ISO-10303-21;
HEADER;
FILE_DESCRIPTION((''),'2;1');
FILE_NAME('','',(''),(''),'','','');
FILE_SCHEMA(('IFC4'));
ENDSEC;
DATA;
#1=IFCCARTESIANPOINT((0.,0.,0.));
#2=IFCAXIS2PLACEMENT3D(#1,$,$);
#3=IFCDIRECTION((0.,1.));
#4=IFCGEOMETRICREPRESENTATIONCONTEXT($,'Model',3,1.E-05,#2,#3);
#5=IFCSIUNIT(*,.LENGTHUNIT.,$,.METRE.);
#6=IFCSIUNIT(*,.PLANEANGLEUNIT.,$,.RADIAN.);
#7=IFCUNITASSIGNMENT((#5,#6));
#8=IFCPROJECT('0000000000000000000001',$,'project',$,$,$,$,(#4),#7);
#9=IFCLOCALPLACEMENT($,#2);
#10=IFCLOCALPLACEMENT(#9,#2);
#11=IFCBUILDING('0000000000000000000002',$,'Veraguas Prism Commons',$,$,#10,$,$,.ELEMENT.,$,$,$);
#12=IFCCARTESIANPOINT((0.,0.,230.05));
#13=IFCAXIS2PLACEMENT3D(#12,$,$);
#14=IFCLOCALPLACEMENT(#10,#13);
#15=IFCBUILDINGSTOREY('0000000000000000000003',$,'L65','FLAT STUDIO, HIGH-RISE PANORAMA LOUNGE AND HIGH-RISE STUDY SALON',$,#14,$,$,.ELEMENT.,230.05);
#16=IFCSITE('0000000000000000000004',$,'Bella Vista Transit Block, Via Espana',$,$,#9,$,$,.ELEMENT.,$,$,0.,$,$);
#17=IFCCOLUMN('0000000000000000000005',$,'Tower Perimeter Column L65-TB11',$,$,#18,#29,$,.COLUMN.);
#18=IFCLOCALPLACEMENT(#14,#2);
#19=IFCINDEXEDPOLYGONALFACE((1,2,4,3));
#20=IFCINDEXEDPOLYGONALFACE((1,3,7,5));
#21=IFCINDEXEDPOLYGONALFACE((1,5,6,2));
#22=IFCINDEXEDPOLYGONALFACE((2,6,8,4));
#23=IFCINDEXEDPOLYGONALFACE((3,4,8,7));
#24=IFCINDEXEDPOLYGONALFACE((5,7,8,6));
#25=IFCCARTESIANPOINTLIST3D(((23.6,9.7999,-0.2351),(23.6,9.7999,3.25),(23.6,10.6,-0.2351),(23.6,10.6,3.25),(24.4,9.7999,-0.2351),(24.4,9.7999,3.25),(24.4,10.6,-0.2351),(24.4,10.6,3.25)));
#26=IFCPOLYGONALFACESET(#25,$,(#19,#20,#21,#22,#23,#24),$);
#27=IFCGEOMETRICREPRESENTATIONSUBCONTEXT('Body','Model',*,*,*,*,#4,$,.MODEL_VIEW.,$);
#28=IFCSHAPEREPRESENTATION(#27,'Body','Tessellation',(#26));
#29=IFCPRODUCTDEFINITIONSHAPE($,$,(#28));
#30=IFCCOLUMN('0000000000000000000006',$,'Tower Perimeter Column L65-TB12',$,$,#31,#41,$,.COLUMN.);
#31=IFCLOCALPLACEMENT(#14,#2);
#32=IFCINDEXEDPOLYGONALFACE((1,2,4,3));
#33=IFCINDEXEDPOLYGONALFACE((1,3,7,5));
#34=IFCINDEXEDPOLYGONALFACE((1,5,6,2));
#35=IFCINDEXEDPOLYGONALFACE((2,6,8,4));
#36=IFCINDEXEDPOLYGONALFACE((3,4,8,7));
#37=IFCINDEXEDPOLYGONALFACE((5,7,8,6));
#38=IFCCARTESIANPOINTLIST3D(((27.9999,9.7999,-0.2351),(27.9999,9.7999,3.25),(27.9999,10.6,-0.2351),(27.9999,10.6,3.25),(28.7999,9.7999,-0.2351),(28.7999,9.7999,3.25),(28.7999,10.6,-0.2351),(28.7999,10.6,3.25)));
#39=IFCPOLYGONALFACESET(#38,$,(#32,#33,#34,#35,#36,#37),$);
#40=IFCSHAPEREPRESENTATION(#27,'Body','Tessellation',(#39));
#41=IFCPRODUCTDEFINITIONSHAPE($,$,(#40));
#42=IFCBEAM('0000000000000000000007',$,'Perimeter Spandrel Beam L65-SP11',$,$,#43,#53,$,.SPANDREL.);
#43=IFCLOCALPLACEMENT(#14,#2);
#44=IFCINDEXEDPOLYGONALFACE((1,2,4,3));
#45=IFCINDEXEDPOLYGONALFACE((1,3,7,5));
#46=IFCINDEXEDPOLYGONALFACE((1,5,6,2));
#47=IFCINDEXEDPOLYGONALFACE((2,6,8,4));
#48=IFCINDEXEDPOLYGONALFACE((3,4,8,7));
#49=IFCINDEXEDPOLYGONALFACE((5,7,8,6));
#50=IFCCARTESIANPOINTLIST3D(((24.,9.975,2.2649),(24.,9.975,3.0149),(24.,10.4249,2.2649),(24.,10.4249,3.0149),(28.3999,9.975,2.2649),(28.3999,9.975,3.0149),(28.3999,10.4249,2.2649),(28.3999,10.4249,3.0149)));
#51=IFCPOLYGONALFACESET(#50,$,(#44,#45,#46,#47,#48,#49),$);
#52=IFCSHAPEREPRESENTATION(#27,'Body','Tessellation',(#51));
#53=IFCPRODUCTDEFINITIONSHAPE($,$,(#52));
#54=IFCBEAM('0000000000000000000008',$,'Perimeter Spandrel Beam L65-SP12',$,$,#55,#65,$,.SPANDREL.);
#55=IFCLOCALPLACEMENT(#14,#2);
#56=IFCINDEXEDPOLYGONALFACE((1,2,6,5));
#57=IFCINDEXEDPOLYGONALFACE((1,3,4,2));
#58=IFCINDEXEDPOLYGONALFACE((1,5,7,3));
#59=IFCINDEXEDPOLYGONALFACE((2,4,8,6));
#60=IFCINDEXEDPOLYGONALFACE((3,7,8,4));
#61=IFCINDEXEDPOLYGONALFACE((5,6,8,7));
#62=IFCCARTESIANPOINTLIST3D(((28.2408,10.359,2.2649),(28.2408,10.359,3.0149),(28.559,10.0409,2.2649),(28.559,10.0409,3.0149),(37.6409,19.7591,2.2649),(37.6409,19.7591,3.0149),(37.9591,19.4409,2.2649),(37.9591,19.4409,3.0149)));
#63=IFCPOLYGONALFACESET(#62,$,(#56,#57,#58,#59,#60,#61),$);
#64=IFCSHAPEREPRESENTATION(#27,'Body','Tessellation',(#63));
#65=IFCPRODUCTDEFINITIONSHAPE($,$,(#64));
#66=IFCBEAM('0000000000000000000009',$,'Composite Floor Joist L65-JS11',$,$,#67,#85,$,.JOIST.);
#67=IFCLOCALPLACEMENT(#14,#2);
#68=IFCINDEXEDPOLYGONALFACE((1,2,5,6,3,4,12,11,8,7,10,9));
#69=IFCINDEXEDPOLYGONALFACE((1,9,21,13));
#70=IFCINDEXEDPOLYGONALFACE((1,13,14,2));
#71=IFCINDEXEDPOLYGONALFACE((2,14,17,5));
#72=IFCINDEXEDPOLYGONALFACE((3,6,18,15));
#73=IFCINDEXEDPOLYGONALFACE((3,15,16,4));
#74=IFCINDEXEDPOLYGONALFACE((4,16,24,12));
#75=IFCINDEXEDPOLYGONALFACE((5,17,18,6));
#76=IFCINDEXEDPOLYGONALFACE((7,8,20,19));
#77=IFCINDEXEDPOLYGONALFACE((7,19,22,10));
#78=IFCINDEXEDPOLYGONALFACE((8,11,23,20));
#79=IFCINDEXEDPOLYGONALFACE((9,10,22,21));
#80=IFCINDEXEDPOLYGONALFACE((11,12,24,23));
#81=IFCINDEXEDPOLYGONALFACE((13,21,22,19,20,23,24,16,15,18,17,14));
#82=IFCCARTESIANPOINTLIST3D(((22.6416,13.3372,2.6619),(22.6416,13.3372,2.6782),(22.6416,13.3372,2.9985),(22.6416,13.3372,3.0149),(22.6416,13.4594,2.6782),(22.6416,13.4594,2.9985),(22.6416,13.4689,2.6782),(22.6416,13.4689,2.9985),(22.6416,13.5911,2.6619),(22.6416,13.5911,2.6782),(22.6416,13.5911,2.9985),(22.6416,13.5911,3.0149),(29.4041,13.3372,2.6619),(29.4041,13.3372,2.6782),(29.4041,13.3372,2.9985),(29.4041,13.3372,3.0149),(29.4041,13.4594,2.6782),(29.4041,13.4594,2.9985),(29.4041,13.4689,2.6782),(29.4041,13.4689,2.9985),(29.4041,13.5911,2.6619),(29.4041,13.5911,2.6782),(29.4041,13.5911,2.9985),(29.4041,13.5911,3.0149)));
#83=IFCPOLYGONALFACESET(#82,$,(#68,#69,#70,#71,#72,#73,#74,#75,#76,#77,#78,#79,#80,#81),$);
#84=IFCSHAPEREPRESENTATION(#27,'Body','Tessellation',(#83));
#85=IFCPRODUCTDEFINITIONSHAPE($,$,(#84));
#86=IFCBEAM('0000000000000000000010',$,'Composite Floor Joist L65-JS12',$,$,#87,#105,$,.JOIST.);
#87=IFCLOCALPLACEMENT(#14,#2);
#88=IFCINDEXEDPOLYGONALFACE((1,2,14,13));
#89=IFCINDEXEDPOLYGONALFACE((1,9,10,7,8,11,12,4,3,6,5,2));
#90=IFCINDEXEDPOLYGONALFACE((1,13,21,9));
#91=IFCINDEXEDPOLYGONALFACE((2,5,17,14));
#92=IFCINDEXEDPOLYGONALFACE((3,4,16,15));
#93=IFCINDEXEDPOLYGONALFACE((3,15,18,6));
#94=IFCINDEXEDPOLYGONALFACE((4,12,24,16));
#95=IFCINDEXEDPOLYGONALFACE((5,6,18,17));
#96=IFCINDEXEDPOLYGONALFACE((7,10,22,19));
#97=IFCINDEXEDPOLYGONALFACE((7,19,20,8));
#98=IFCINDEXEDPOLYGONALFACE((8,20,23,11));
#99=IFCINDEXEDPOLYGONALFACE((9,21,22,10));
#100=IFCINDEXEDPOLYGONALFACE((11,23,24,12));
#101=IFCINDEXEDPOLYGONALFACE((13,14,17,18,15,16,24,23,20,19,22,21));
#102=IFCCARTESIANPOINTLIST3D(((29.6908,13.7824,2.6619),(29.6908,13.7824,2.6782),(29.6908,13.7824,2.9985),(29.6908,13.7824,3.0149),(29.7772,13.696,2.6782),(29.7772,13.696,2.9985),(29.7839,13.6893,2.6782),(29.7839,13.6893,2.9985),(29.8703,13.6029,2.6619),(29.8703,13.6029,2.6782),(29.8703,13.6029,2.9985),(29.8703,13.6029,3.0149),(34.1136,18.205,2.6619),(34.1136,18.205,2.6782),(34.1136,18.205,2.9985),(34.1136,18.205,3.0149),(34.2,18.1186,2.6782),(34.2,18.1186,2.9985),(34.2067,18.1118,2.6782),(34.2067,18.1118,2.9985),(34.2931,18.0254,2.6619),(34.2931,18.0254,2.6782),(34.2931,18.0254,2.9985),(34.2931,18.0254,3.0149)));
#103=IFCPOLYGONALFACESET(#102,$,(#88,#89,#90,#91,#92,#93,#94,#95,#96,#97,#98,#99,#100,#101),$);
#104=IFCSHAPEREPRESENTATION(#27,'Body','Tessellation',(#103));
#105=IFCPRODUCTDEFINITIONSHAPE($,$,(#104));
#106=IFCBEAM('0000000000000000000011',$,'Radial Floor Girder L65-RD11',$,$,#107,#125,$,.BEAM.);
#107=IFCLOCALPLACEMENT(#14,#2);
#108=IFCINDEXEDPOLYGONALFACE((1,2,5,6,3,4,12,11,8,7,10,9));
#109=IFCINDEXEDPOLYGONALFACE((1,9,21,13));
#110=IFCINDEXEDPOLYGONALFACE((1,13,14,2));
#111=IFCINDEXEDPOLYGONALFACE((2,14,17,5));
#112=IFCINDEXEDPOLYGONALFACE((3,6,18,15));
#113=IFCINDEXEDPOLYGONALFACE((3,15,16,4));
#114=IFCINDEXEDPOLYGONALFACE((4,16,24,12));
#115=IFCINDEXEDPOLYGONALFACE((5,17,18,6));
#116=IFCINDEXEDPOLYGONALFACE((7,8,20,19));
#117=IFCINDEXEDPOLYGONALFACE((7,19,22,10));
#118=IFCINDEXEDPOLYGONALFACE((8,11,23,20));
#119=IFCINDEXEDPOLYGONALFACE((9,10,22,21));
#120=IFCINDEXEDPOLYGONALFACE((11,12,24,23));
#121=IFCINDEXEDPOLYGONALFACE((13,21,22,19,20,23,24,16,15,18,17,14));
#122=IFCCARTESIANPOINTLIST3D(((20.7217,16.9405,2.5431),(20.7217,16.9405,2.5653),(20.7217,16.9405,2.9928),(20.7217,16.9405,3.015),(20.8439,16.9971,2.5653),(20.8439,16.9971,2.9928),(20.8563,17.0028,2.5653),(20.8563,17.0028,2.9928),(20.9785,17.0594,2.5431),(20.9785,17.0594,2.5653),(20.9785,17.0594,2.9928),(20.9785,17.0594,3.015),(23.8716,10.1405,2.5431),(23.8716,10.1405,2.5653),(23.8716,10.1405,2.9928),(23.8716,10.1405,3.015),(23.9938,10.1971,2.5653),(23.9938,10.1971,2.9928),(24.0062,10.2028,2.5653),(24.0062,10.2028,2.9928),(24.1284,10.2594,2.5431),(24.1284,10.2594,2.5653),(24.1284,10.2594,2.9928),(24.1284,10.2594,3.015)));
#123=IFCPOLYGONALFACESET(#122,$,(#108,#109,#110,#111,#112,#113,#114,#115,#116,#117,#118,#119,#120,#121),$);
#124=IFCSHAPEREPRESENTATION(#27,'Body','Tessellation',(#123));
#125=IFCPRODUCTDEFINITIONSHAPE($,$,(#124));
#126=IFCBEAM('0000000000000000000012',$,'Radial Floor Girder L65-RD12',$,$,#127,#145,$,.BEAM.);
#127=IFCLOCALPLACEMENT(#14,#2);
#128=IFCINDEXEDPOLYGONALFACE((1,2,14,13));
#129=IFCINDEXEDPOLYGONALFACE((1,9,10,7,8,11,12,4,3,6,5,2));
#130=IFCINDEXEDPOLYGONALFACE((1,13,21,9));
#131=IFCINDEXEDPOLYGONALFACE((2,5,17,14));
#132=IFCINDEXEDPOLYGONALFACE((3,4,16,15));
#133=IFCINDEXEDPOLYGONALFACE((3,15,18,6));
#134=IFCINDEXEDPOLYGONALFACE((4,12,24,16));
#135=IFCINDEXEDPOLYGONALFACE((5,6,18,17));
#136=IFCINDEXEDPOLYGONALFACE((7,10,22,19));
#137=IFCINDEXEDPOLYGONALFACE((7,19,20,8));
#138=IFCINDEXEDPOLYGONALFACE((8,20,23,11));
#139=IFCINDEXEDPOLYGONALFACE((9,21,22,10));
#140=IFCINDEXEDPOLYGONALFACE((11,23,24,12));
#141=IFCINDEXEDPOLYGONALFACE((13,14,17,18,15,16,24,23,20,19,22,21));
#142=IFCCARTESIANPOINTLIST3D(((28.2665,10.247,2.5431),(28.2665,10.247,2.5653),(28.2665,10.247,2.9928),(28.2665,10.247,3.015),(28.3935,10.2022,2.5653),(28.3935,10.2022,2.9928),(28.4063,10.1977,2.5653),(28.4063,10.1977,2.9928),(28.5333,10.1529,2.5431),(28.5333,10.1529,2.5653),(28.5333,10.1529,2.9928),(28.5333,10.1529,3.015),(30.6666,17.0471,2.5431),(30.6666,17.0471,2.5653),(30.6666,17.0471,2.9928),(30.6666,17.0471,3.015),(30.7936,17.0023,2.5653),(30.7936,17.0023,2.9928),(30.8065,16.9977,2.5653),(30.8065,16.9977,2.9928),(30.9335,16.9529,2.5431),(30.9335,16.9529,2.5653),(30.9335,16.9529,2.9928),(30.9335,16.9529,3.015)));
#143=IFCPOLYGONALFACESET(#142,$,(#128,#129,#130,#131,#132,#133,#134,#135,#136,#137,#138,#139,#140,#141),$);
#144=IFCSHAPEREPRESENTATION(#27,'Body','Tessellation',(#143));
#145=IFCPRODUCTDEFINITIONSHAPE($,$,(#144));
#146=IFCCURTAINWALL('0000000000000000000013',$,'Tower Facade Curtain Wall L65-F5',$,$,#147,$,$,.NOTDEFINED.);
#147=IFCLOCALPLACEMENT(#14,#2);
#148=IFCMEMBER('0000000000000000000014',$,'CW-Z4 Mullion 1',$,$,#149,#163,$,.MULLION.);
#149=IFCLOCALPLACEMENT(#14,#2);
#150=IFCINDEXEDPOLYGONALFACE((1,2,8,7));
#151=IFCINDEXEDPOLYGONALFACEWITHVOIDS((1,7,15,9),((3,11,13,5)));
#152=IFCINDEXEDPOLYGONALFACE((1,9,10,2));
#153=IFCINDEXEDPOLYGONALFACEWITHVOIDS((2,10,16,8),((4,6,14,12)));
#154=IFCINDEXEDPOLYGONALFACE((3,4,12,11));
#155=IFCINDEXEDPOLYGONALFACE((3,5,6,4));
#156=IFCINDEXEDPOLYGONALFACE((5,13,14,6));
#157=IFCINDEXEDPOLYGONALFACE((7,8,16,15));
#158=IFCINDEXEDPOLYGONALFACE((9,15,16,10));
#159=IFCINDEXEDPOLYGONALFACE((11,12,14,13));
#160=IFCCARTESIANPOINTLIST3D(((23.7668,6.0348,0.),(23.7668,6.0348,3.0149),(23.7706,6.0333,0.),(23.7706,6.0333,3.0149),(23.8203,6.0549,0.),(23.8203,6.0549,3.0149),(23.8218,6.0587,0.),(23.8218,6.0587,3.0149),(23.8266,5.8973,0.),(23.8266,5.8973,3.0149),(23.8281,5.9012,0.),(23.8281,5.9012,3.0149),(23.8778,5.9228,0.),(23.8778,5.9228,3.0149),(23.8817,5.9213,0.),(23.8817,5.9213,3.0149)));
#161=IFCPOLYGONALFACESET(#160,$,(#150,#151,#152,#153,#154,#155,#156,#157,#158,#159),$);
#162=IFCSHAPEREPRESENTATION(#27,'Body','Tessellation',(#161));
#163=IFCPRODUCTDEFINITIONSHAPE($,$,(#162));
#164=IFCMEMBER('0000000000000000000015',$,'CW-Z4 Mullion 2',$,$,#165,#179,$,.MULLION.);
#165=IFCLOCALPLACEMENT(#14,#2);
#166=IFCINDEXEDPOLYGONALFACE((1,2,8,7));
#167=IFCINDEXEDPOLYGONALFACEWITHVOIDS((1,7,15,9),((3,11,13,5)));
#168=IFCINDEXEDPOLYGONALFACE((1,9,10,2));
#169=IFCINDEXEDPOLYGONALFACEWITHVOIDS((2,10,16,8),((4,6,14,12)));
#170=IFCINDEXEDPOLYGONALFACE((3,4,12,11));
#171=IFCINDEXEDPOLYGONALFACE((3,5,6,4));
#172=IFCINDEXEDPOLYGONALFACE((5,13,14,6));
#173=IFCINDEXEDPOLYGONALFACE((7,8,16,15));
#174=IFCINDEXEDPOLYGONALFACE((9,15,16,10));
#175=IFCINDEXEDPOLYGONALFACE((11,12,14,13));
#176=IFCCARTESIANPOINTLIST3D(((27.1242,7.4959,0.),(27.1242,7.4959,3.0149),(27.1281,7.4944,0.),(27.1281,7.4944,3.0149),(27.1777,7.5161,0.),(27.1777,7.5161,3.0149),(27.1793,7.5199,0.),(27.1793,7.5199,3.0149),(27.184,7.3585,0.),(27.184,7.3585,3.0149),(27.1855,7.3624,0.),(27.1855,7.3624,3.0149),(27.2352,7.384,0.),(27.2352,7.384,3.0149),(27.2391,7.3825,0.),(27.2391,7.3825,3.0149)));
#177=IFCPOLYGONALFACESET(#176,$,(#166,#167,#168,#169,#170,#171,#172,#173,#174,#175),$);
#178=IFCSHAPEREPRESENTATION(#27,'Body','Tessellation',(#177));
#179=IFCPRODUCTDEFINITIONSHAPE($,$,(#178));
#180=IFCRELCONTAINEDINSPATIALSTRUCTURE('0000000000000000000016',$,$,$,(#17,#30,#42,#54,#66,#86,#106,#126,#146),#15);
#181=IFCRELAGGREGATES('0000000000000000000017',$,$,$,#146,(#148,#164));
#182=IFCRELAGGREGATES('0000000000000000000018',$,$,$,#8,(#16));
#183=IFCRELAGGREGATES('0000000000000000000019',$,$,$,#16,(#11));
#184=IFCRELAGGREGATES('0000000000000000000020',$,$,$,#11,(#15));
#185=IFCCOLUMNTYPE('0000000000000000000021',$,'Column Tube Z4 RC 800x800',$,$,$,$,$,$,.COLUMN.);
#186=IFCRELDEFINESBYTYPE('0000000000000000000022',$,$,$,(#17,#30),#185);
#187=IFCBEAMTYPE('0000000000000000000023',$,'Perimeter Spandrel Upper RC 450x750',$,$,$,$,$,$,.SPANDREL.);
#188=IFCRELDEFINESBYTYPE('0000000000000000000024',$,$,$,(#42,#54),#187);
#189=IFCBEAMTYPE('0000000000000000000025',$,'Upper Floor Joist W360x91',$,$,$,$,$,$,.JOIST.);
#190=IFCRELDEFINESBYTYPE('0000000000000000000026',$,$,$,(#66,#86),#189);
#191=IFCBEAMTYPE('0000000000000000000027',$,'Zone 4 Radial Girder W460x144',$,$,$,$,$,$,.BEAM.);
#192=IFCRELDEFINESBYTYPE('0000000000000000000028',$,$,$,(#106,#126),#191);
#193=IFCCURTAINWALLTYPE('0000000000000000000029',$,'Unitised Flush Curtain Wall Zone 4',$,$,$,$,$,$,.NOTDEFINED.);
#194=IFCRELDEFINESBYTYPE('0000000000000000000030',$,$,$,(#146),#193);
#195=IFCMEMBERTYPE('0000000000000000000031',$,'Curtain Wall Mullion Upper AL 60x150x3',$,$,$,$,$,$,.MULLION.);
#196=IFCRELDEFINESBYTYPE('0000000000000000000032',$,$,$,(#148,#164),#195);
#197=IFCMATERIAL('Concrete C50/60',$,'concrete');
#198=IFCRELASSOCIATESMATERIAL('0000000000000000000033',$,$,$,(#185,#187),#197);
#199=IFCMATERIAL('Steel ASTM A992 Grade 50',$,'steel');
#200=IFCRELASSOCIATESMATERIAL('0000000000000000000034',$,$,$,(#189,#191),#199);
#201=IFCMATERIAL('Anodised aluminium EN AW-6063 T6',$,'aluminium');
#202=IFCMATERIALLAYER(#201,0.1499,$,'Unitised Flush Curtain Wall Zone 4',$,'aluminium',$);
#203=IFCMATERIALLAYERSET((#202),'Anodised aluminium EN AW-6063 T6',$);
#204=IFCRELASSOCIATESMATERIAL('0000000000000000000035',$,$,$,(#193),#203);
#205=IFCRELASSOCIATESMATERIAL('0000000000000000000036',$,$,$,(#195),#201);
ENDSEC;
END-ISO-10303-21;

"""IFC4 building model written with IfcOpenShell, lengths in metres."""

from ifc_helpers import new_model, si_unit, direction, frame, origin, origin_2d, place, context, subcontext, project, spatial, rectangle, hollow_rectangle, i_section, extrude, source, transform, mapped, material, layer, layer_set, material_profile, profile_set, type_object, element, aggregate, save


model = new_model("IFC4")

# Units and contexts
model_context = context("Model", 3, precision=1e-05, world=origin(), true_north=direction((0.0, 1.0)))
body_context = subcontext(model_context, "Body", "Model", "MODEL_VIEW")
ifc_project = project(units=[si_unit("LENGTHUNIT", "METRE"), si_unit("PLANEANGLEUNIT", "RADIAN")], contexts=[model_context])

# Site, building, storey
site_placement = place(None, origin())
site = spatial("IfcSite", under=ifc_project, at=site_placement, Name="Bella Vista Transit Block, Via Espana", CompositionType="ELEMENT", RefElevation=0.0)
building_placement = place(site_placement, origin())
building = spatial("IfcBuilding", under=site, at=building_placement, Name="Veraguas Prism Commons", CompositionType="ELEMENT")
storey_placement = place(building_placement, frame((0.0, 0.0, 230.05)))
storey = spatial("IfcBuildingStorey", under=building, at=storey_placement, Name="L65", Description="FLAT STUDIO, HIGH-RISE PANORAMA LOUNGE AND HIGH-RISE STUDY SALON", CompositionType="ELEMENT", Elevation=230.05)

# Columns
ifc_material_1 = material(Name="Concrete C50/60", Category="concrete")
ifc_material_profile_1 = material_profile(ifc_material_1, rectangle(XDim=0.8, YDim=0.8, at=origin_2d()), Name="RC800X800")
ifc_profile_set_1 = profile_set([ifc_material_profile_1], Name="Concrete C50/60")
column_type = type_object("IfcColumnType", Name="Column Tube Z4 RC 800x800", PredefinedType="COLUMN", material=ifc_profile_set_1)
for number, where, z_axis, x_axis, name in (
    (1, (24.0, 10.2, -0.2351), (0.0, 0.0, 1.0), (1.0, 0.0, 0.0), "Tower Perimeter Column L65-TB11"),
    (2, (28.3999, 10.2, -0.2351), (0.0, 0.0, 1.0), (1.0, 0.0, 0.0), "Tower Perimeter Column L65-TB12"),
):
    element("IfcColumn", number, at=place(storey_placement, frame(where, z_axis=z_axis, x_axis=x_axis)), inside=storey, type_object=column_type, Name=name, PredefinedType="COLUMN", context=body_context, shape_type="SweptSolid", body=[
        extrude(rectangle(XDim=0.8, YDim=0.8, at=origin_2d()), origin(), (0.0, 0.0, 1.0), 3.4851),
    ])

# Beams
ifc_material_profile_2 = material_profile(ifc_material_1, rectangle(XDim=0.45, YDim=0.75, at=origin_2d()), Name="RC450X750")
ifc_profile_set_2 = profile_set([ifc_material_profile_2], Name="Concrete C50/60")
beam_type_1 = type_object("IfcBeamType", Name="Perimeter Spandrel Upper RC 450x750", PredefinedType="SPANDREL", material=ifc_profile_set_2)
beam_1_placement = place(storey_placement, frame((24.0, 10.2, 2.6399), z_axis=(1.0, 0.0, 0.0), x_axis=(0.0, 1.0, 0.0)))
element("IfcBeam", 3, at=beam_1_placement, inside=storey, type_object=beam_type_1, Name="Perimeter Spandrel Beam L65-SP11", PredefinedType="SPANDREL", context=body_context, shape_type="SweptSolid", body=[
    extrude(rectangle(XDim=0.45, YDim=0.75, at=origin_2d()), origin(), (0.0, 0.0, 1.0), 4.3999),
])
beam_2_placement = place(storey_placement, frame((28.3999, 10.2, 2.6399), z_axis=(0.707107, 0.707107, 0.0), x_axis=(-0.707107, 0.707107, 0.0)))
element("IfcBeam", 4, at=beam_2_placement, inside=storey, type_object=beam_type_1, Name="Perimeter Spandrel Beam L65-SP12", PredefinedType="SPANDREL", context=body_context, shape_type="SweptSolid", body=[
    extrude(rectangle(XDim=0.45, YDim=0.75, at=origin_2d()), origin(), (0.0, 0.0, 1.0), 13.2937),
])
ifc_material_2 = material(Name="Steel ASTM A992 Grade 50", Category="steel")
ifc_material_profile_3 = material_profile(ifc_material_2, i_section(OverallWidth=0.2539, OverallDepth=0.353, WebThickness=0.0095, FlangeThickness=0.0164, at=origin_2d()), Name="W360X91")
ifc_profile_set_3 = profile_set([ifc_material_profile_3], Name="Steel ASTM A992 Grade 50")
beam_type_2 = type_object("IfcBeamType", Name="Upper Floor Joist W360x91", PredefinedType="JOIST", material=ifc_profile_set_3)
beam_3_placement = place(storey_placement, frame((22.6416, 13.4641, 2.8384), z_axis=(1.0, 0.0, 0.0), x_axis=(0.0, 1.0, 0.0)))
element("IfcBeam", 5, at=beam_3_placement, inside=storey, type_object=beam_type_2, Name="Composite Floor Joist L65-JS11", PredefinedType="JOIST", context=body_context, shape_type="SweptSolid", body=[
    extrude(i_section(OverallWidth=0.2539, OverallDepth=0.353, WebThickness=0.0095, FlangeThickness=0.0164, at=origin_2d()), origin(), (0.0, 0.0, 1.0), 6.7625),
])
beam_4_placement = place(storey_placement, frame((29.7805, 13.6926, 2.8384), z_axis=(0.707126, 0.707087, 0.0), x_axis=(-0.707087, 0.707126, 0.0)))
element("IfcBeam", 6, at=beam_4_placement, inside=storey, type_object=beam_type_2, Name="Composite Floor Joist L65-JS12", PredefinedType="JOIST", context=body_context, shape_type="SweptSolid", body=[
    extrude(i_section(OverallWidth=0.2539, OverallDepth=0.353, WebThickness=0.0095, FlangeThickness=0.0164, at=origin_2d()), origin(), (0.0, 0.0, 1.0), 6.2546),
])
ifc_material_profile_4 = material_profile(ifc_material_2, i_section(OverallWidth=0.283, OverallDepth=0.4719, WebThickness=0.0137, FlangeThickness=0.0222, at=origin_2d()), Name="W460X144")
ifc_profile_set_4 = profile_set([ifc_material_profile_4], Name="Steel ASTM A992 Grade 50")
beam_type_3 = type_object("IfcBeamType", Name="Zone 4 Radial Girder W460x144", PredefinedType="BEAM", material=ifc_profile_set_4)
beam_5_placement = place(storey_placement, frame((24.0, 10.2, 2.7791), z_axis=(-0.420314, 0.907379, 0.0), x_axis=(-0.907379, -0.420314, 0.0)))
element("IfcBeam", 7, at=beam_5_placement, inside=storey, type_object=beam_type_3, Name="Radial Floor Girder L65-RD11", PredefinedType="BEAM", context=body_context, shape_type="SweptSolid", body=[
    extrude(i_section(OverallWidth=0.283, OverallDepth=0.4719, WebThickness=0.0137, FlangeThickness=0.0222, at=origin_2d()), origin(), (0.0, 0.0, 1.0), 7.4941),
])
beam_6_placement = place(storey_placement, frame((28.3999, 10.2, 2.7791), z_axis=(0.332836, 0.942985, 0.0), x_axis=(-0.942985, 0.332836, 0.0)))
element("IfcBeam", 8, at=beam_6_placement, inside=storey, type_object=beam_type_3, Name="Radial Floor Girder L65-RD12", PredefinedType="BEAM", context=body_context, shape_type="SweptSolid", body=[
    extrude(i_section(OverallWidth=0.283, OverallDepth=0.4719, WebThickness=0.0137, FlangeThickness=0.0222, at=origin_2d()), origin(), (0.0, 0.0, 1.0), 7.2112),
])

# Curtain wall, members
ifc_material_3 = material(Name="Anodised aluminium EN AW-6063 T6", Category="aluminium")
ifc_layer_1 = layer(ifc_material_3, 0.1499, Name="Unitised Flush Curtain Wall Zone 4", Category="aluminium")
ifc_layer_set_1 = layer_set([ifc_layer_1], Name="Anodised aluminium EN AW-6063 T6")
curtain_wall_type = type_object("IfcCurtainWallType", Name="Unitised Flush Curtain Wall Zone 4", PredefinedType="NOTDEFINED", material=ifc_layer_set_1)
curtain_wall_placement = place(storey_placement, origin())
curtain_wall = element("IfcCurtainWall", 9, at=curtain_wall_placement, inside=storey, type_object=curtain_wall_type, Name="Tower Facade Curtain Wall L65-F5", PredefinedType="NOTDEFINED")
ifc_material_profile_5 = material_profile(ifc_material_3, hollow_rectangle(XDim=0.0601, YDim=0.1499, WallThickness=0.0029, at=origin_2d()), Name="AL60X150X3")
ifc_profile_set_5 = profile_set([ifc_material_profile_5], Name="Anodised aluminium EN AW-6063 T6")
member_type_1 = type_object("IfcMemberType", Name="Curtain Wall Mullion Upper AL 60x150x3", PredefinedType="MULLION", material=ifc_profile_set_5)
shared_shape_1 = source(origin(), body_context, "Body", "SweptSolid", [
    extrude(hollow_rectangle(XDim=0.0601, YDim=0.1499, WallThickness=0.0029, at=origin_2d()), origin(), (0.0, 0.0, 1.0), 3.0149),
])
member_1_placement = place(storey_placement, frame((23.8242, 5.978, 0.0), z_axis=(0.0, 0.0, 1.0), x_axis=(0.916919, 0.399074, 0.0)))
member_1 = element("IfcMember", 10, at=member_1_placement, type_object=member_type_1, Name="CW-Z4 Mullion 1", PredefinedType="MULLION", context=body_context, shape_type="MappedRepresentation", body=[
    mapped(shared_shape_1, transform((0.0, 0.0, 0.0), scale=1.0)),
])
member_2_placement = place(storey_placement, frame((27.1816, 7.4392, 0.0), z_axis=(0.0, 0.0, 1.0), x_axis=(0.916919, 0.399074, 0.0)))
member_2 = element("IfcMember", 11, at=member_2_placement, type_object=member_type_1, Name="CW-Z4 Mullion 2", PredefinedType="MULLION", context=body_context, shape_type="MappedRepresentation", body=[
    mapped(shared_shape_1, transform((0.0, 0.0, 0.0), scale=1.0)),
])
aggregate(curtain_wall, [member_1, member_2])

save(model, "model.ifc")
